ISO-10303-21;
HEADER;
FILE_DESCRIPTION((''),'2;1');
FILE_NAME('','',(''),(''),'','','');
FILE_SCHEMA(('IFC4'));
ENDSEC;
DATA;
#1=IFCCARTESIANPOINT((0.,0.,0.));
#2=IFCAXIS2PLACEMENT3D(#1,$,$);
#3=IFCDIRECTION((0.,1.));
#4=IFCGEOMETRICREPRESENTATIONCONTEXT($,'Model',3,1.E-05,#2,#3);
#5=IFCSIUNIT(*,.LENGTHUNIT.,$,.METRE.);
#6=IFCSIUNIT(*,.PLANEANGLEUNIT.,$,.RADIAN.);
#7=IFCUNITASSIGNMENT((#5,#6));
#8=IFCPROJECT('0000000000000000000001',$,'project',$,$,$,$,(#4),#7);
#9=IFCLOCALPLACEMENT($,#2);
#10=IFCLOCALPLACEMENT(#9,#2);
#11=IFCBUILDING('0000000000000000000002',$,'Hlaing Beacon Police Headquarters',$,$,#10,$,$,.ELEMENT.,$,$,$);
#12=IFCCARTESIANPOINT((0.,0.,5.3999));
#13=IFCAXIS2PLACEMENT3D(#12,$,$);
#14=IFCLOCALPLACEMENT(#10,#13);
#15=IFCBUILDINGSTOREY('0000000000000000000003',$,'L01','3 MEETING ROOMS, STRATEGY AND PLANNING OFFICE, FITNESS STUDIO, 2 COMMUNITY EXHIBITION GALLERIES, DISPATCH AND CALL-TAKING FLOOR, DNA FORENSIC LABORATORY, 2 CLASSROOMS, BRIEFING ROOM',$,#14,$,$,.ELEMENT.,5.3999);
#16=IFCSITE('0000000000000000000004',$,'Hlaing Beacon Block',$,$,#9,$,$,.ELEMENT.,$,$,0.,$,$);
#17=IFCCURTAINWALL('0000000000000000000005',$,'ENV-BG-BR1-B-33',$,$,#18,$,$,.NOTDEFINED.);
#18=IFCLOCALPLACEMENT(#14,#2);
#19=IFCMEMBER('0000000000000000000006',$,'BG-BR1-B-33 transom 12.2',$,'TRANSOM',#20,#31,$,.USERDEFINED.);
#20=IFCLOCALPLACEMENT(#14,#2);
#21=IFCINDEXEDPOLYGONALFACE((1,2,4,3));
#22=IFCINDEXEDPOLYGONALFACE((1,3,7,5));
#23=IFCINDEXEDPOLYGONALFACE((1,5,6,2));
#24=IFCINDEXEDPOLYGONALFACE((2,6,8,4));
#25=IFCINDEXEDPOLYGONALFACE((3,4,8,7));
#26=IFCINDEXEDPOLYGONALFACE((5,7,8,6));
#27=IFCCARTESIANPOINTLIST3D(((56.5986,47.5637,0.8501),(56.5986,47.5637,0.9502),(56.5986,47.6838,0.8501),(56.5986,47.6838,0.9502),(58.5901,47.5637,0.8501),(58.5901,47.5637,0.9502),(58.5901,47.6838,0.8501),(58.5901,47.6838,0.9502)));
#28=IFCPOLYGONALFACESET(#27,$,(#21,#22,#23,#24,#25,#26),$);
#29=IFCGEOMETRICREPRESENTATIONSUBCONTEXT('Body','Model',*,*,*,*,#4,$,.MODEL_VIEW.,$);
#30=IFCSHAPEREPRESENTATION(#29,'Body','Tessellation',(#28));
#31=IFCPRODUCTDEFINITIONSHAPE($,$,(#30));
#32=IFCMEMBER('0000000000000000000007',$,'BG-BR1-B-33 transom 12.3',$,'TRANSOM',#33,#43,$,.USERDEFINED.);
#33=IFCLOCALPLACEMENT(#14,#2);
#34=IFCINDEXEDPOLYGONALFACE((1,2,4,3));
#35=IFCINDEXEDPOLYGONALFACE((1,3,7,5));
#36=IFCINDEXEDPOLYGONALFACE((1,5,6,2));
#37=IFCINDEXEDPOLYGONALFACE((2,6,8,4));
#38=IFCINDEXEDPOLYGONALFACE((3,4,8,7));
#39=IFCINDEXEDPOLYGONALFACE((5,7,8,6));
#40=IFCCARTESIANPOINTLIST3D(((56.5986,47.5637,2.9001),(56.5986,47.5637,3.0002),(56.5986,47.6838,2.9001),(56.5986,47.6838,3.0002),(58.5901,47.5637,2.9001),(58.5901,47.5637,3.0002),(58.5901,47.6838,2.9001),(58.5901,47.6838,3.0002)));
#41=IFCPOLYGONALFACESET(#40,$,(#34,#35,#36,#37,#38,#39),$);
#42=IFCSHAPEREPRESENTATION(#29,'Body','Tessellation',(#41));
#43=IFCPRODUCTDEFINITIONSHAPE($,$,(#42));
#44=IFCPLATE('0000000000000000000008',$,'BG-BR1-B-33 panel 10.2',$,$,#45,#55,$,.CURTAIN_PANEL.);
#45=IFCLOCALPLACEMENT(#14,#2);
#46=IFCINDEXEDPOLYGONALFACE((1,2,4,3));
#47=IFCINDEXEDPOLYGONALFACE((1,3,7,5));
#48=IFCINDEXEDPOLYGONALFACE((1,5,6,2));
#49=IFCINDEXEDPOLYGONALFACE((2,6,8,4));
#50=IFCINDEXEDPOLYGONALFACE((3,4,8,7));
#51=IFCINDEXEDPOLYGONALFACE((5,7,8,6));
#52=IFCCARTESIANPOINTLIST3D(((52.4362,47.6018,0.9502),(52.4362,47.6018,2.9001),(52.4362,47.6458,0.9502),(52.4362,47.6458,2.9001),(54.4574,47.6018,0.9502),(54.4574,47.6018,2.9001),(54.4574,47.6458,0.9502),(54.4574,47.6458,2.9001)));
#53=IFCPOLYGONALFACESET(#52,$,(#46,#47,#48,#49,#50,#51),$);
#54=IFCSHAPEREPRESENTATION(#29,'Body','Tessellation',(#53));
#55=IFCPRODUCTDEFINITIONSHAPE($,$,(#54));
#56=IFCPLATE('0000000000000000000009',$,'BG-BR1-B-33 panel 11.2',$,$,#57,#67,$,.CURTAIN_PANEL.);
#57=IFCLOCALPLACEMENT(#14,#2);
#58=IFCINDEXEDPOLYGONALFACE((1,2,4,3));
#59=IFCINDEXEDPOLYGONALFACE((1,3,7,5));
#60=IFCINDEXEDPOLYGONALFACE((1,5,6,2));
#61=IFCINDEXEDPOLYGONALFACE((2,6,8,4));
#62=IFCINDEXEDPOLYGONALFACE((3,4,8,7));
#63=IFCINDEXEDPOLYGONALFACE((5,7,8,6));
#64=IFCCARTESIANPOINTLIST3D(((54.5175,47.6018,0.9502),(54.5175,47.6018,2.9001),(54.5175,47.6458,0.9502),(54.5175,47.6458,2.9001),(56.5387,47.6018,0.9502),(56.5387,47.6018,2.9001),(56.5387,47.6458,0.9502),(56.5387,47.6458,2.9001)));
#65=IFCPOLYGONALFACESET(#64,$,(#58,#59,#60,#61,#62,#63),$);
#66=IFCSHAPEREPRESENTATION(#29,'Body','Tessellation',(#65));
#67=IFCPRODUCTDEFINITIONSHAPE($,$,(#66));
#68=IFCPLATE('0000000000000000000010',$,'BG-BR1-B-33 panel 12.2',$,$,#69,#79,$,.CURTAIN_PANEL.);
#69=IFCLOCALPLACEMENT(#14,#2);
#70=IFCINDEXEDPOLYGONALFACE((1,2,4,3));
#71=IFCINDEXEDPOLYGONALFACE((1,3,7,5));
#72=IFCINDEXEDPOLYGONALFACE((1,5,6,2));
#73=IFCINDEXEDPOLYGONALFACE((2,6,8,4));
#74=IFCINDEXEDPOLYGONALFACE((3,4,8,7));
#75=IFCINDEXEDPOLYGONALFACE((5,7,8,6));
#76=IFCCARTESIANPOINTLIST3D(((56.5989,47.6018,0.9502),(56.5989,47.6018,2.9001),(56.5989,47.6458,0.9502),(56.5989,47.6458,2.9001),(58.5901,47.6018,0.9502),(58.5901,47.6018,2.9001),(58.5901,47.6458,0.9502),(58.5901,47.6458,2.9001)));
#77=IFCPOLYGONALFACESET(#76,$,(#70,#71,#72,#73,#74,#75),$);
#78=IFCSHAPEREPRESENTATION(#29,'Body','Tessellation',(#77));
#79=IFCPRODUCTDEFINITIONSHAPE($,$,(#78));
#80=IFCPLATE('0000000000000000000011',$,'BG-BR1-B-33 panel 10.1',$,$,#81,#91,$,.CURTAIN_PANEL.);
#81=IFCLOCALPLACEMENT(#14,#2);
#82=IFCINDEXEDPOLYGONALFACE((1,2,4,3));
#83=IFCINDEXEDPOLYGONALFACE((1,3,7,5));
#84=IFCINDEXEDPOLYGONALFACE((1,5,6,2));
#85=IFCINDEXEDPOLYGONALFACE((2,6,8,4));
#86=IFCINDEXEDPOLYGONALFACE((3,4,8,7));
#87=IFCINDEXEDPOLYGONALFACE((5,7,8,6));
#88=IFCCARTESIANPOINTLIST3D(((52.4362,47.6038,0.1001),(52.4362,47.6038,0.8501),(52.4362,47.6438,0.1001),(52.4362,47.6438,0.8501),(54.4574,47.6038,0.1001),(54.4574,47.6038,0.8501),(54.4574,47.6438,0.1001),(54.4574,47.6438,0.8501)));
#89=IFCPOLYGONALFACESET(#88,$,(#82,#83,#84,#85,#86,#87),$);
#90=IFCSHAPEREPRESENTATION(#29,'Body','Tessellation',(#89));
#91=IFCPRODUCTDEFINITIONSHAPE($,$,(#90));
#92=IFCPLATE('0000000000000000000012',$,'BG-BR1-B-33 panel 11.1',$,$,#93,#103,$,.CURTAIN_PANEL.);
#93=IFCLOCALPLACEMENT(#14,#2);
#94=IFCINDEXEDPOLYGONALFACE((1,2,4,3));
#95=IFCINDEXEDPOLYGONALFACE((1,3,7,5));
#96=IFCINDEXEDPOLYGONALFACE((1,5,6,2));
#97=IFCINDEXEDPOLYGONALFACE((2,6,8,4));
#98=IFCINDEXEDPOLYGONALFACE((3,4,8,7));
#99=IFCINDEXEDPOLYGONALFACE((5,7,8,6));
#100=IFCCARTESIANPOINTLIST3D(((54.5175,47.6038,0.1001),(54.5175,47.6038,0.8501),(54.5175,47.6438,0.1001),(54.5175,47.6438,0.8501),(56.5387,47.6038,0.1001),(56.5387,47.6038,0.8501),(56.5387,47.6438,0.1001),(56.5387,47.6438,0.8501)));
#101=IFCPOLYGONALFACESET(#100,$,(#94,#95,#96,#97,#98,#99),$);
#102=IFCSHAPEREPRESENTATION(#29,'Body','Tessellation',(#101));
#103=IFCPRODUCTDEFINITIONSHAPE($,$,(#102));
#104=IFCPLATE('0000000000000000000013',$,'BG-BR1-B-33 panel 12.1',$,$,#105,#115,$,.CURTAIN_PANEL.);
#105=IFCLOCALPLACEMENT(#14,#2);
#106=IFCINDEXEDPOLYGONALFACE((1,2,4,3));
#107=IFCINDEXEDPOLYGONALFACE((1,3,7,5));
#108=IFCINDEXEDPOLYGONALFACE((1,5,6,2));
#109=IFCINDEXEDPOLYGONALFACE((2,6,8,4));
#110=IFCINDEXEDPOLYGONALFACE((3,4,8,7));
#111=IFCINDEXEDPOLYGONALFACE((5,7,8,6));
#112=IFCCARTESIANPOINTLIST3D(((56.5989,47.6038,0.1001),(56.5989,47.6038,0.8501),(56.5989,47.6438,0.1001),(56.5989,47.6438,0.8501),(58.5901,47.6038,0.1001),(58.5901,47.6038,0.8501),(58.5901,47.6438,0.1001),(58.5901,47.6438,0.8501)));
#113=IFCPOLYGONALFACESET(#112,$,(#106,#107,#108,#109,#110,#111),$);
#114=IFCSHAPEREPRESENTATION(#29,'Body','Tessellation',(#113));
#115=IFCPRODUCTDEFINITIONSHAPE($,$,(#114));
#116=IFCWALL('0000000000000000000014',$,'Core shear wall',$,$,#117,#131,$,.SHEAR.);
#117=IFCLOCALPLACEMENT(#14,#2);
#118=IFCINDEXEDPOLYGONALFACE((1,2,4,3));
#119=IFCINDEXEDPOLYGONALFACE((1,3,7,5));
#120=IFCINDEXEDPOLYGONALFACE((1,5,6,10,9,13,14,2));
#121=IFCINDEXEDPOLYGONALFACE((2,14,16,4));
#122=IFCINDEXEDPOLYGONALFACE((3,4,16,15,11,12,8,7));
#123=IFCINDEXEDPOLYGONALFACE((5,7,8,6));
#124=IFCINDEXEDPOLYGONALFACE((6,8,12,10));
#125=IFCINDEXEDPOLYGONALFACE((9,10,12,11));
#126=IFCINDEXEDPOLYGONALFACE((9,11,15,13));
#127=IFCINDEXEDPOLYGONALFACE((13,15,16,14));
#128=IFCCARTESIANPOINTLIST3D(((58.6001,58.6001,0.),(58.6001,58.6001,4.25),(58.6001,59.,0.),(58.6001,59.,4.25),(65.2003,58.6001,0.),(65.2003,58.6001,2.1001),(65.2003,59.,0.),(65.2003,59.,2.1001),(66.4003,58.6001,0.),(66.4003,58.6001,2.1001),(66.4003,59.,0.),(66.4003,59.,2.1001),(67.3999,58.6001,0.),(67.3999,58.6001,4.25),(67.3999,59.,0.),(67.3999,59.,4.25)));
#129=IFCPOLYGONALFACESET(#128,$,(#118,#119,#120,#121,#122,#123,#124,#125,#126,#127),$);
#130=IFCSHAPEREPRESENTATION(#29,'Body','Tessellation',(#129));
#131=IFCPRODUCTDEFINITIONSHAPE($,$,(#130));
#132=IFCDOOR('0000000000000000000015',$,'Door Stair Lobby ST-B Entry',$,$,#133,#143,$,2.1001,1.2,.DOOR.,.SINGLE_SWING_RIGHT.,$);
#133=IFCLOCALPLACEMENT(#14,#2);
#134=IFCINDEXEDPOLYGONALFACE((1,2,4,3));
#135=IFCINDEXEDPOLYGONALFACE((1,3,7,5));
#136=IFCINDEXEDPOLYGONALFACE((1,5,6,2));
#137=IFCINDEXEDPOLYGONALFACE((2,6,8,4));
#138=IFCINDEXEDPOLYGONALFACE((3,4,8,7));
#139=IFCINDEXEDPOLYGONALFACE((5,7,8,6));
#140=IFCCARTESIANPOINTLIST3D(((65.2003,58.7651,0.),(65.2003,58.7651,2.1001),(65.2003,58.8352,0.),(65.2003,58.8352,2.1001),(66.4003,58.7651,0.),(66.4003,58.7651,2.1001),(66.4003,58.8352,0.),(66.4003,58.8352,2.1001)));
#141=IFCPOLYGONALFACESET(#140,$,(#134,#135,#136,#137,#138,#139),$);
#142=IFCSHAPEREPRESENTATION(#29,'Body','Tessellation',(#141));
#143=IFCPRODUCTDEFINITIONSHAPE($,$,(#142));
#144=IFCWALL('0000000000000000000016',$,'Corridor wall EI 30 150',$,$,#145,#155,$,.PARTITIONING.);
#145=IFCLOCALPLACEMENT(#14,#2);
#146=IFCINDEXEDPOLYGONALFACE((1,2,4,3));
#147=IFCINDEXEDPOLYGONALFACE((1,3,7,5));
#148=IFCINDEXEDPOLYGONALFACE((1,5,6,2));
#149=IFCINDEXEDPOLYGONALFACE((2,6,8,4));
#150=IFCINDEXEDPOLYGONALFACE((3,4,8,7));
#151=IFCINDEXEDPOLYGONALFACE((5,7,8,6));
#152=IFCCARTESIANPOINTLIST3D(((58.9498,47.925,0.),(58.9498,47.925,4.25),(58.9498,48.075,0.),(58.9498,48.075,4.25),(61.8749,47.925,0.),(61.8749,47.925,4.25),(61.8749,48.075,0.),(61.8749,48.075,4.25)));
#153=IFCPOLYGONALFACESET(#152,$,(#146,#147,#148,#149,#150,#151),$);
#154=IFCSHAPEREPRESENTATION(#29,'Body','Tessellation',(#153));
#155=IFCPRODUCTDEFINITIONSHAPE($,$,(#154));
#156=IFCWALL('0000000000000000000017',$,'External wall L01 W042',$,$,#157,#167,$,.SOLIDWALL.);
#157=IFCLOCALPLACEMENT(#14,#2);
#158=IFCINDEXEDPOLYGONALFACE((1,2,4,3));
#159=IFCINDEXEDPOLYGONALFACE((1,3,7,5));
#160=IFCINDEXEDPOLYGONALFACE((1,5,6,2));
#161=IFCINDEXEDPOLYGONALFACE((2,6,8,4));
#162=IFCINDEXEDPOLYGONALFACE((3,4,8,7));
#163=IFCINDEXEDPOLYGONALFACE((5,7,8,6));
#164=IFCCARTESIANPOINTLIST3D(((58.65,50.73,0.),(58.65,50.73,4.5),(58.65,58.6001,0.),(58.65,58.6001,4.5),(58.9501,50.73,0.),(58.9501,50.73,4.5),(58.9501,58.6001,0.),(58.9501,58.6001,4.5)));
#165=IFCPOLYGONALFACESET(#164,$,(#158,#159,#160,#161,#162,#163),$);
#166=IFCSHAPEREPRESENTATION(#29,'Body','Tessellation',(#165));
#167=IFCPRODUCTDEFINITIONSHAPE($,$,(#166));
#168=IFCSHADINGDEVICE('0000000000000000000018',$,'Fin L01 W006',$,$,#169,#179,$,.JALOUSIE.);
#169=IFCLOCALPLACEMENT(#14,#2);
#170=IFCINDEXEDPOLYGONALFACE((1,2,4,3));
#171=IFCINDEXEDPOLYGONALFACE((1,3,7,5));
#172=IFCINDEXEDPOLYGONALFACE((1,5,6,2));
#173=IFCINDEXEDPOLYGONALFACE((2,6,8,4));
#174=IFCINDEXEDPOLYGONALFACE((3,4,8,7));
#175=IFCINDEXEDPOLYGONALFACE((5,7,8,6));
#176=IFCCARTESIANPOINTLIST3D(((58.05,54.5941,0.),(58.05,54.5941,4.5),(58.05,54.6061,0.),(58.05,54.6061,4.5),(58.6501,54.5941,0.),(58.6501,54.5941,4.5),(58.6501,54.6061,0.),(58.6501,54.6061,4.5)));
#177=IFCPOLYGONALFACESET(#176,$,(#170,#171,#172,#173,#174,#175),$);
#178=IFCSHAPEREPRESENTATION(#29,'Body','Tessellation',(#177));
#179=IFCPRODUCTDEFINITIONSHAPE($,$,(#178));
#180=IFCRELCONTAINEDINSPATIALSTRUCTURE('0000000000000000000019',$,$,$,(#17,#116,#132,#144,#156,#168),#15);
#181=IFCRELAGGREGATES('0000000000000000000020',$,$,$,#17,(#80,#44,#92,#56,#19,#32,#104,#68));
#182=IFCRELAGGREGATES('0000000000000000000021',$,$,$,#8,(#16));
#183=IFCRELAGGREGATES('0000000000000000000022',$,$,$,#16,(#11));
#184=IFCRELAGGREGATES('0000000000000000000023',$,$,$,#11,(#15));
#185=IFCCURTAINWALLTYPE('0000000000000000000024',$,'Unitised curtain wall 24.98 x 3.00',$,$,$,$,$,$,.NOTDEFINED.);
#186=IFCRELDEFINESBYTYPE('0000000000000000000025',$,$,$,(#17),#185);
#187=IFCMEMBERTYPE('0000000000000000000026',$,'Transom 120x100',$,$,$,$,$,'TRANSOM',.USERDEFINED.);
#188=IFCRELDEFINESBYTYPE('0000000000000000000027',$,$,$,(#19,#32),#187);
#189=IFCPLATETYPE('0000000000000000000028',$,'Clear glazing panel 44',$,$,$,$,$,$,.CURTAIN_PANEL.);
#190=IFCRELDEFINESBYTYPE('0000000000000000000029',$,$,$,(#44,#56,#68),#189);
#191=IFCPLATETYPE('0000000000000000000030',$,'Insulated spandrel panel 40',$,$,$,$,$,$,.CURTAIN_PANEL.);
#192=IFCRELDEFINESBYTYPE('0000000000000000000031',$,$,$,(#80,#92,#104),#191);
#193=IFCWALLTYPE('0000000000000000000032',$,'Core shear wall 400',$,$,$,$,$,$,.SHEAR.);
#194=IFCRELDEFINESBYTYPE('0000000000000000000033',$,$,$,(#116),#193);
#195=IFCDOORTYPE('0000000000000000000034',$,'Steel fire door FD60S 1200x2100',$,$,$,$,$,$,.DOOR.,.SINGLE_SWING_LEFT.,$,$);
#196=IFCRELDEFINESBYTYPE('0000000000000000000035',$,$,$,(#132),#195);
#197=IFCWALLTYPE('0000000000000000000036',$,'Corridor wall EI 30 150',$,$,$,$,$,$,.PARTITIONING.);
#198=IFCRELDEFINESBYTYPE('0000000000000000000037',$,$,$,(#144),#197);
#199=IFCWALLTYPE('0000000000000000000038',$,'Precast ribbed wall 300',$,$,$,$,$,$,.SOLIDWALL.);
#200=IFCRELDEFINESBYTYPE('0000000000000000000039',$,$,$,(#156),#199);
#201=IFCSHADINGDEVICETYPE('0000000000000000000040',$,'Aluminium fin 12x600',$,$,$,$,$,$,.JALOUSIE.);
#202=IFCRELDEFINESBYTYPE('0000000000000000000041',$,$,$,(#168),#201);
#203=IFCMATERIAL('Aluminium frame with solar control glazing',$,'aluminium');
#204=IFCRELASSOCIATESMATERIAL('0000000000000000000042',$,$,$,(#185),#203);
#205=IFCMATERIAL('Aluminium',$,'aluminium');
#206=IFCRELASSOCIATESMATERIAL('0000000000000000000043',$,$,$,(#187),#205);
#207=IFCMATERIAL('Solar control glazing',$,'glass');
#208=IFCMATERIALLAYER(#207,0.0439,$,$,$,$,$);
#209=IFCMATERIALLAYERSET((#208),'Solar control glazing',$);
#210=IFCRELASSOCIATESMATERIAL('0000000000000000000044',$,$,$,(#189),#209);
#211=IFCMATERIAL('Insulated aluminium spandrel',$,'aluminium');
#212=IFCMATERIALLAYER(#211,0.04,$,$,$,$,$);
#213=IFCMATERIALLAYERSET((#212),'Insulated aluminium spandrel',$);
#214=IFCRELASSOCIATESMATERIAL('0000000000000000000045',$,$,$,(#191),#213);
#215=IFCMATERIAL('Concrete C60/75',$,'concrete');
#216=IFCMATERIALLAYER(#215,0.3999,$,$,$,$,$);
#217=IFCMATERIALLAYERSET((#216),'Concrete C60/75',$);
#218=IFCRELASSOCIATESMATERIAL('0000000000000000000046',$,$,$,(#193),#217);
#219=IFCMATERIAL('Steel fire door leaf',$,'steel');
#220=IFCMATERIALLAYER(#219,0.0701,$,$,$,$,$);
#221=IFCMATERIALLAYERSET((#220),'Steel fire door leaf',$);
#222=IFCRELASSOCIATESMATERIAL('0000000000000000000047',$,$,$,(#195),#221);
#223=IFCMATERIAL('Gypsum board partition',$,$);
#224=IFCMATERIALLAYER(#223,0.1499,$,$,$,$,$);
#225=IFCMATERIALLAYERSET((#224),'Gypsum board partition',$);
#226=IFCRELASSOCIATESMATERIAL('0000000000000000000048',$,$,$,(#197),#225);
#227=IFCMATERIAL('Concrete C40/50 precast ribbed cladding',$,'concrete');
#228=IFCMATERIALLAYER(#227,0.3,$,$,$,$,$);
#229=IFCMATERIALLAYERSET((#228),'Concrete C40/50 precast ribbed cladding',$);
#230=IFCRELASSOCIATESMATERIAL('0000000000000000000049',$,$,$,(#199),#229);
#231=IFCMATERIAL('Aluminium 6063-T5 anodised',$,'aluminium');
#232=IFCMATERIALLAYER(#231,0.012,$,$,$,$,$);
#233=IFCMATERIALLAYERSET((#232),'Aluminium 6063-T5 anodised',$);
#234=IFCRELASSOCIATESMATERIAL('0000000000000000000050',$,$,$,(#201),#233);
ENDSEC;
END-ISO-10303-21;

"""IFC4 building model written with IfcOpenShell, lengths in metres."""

from ifc_helpers import new_model, si_unit, direction, frame, frame_2d, origin, origin_2d, place, context, subcontext, project, spatial, rectangle, extrude, material, layer, layer_set, material_profile, profile_set, type_object, element, fill, aggregate, save


model = new_model("IFC4")

# Units and contexts
model_context = context("Model", 3, precision=1e-05, world=origin(), true_north=direction((0.0, 1.0)))
body_context = subcontext(model_context, "Body", "Model", "MODEL_VIEW")
ifc_project = project(units=[si_unit("LENGTHUNIT", "METRE"), si_unit("PLANEANGLEUNIT", "RADIAN")], contexts=[model_context])

# Site, building, storey
site_placement = place(None, origin())
site = spatial("IfcSite", under=ifc_project, at=site_placement, Name="Hlaing Beacon Block", CompositionType="ELEMENT", RefElevation=0.0)
building_placement = place(site_placement, origin())
building = spatial("IfcBuilding", under=site, at=building_placement, Name="Hlaing Beacon Police Headquarters", CompositionType="ELEMENT")
storey_placement = place(building_placement, frame((0.0, 0.0, 5.3999)))
storey = spatial("IfcBuildingStorey", under=building, at=storey_placement, Name="L01", Description="3 MEETING ROOMS, STRATEGY AND PLANNING OFFICE, FITNESS STUDIO, 2 COMMUNITY EXHIBITION GALLERIES, DISPATCH AND CALL-TAKING FLOOR, DNA FORENSIC LABORATORY, 2 CLASSROOMS, BRIEFING ROOM", CompositionType="ELEMENT", Elevation=5.3999)

# Curtain wall, members, plates
ifc_material_1 = material(Name="Aluminium frame with solar control glazing", Category="aluminium")
curtain_wall_type = type_object("IfcCurtainWallType", Name="Unitised curtain wall 24.98 x 3.00", PredefinedType="NOTDEFINED", material=ifc_material_1)
curtain_wall_placement = place(storey_placement, origin())
curtain_wall = element("IfcCurtainWall", 1, at=curtain_wall_placement, inside=storey, type_object=curtain_wall_type, Name="ENV-BG-BR1-B-33", PredefinedType="NOTDEFINED")
ifc_material_2 = material(Name="Aluminium", Category="aluminium")
ifc_material_profile_1 = material_profile(ifc_material_2, rectangle(XDim=0.1201, YDim=0.1001, at=origin_2d()), Name="Transom 120x100")
ifc_profile_set_1 = profile_set([ifc_material_profile_1], Name="Aluminium")
member_type_1 = type_object("IfcMemberType", Name="Transom 120x100", ElementType="TRANSOM", PredefinedType="USERDEFINED", material=ifc_profile_set_1)
member_1_placement = place(storey_placement, frame((56.5986, 47.6238, 0.9001), z_axis=(1.0, 0.0, 0.0), x_axis=(0.0, 1.0, 0.0)))
member_1 = element("IfcMember", 2, at=member_1_placement, type_object=member_type_1, Name="BG-BR1-B-33 transom 12.2", ObjectType="TRANSOM", PredefinedType="USERDEFINED", context=body_context, shape_type="SweptSolid", body=[
    extrude(rectangle(XDim=0.1201, YDim=0.1001, at=origin_2d()), origin(), (0.0, 0.0, 1.0), 1.9915),
])
member_2_placement = place(storey_placement, frame((56.5986, 47.6238, 2.9502), z_axis=(1.0, 0.0, 0.0), x_axis=(0.0, 1.0, 0.0)))
member_2 = element("IfcMember", 3, at=member_2_placement, type_object=member_type_1, Name="BG-BR1-B-33 transom 12.3", ObjectType="TRANSOM", PredefinedType="USERDEFINED", context=body_context, shape_type="SweptSolid", body=[
    extrude(rectangle(XDim=0.1201, YDim=0.1001, at=origin_2d()), origin(), (0.0, 0.0, 1.0), 1.9915),
])
ifc_material_3 = material(Name="Solar control glazing", Category="glass")
ifc_layer_1 = layer(ifc_material_3, 0.0439)
ifc_layer_set_1 = layer_set([ifc_layer_1], Name="Solar control glazing")
plate_type_1 = type_object("IfcPlateType", Name="Clear glazing panel 44", PredefinedType="CURTAIN_PANEL", material=ifc_layer_set_1)
plate_1_placement = place(storey_placement, frame((53.4468, 47.6238, 0.9502), z_axis=(0.0, 0.0, 1.0), x_axis=(1.0, 0.0, 0.0)))
plate_1 = element("IfcPlate", 4, at=plate_1_placement, type_object=plate_type_1, Name="BG-BR1-B-33 panel 10.2", PredefinedType="CURTAIN_PANEL", context=body_context, shape_type="SweptSolid", body=[
    extrude(rectangle(XDim=2.0212, YDim=0.0439, at=origin_2d()), origin(), (0.0, 0.0, 1.0), 1.95),
])
plate_2_placement = place(storey_placement, frame((55.5281, 47.6238, 0.9502), z_axis=(0.0, 0.0, 1.0), x_axis=(1.0, 0.0, 0.0)))
plate_2 = element("IfcPlate", 5, at=plate_2_placement, type_object=plate_type_1, Name="BG-BR1-B-33 panel 11.2", PredefinedType="CURTAIN_PANEL", context=body_context, shape_type="SweptSolid", body=[
    extrude(rectangle(XDim=2.0212, YDim=0.0439, at=origin_2d()), origin(), (0.0, 0.0, 1.0), 1.95),
])
plate_3_placement = place(storey_placement, frame((57.5945, 47.6238, 0.9502), z_axis=(0.0, 0.0, 1.0), x_axis=(1.0, 0.0, 0.0)))
plate_3 = element("IfcPlate", 6, at=plate_3_placement, type_object=plate_type_1, Name="BG-BR1-B-33 panel 12.2", PredefinedType="CURTAIN_PANEL", context=body_context, shape_type="SweptSolid", body=[
    extrude(rectangle(XDim=1.9912, YDim=0.0439, at=origin_2d()), origin(), (0.0, 0.0, 1.0), 1.95),
])
ifc_material_4 = material(Name="Insulated aluminium spandrel", Category="aluminium")
ifc_layer_2 = layer(ifc_material_4, 0.04)
ifc_layer_set_2 = layer_set([ifc_layer_2], Name="Insulated aluminium spandrel")
plate_type_2 = type_object("IfcPlateType", Name="Insulated spandrel panel 40", PredefinedType="CURTAIN_PANEL", material=ifc_layer_set_2)
plate_4_placement = place(storey_placement, frame((53.4468, 47.6238, 0.1001), z_axis=(0.0, 0.0, 1.0), x_axis=(1.0, 0.0, 0.0)))
plate_4 = element("IfcPlate", 7, at=plate_4_placement, type_object=plate_type_2, Name="BG-BR1-B-33 panel 10.1", PredefinedType="CURTAIN_PANEL", context=body_context, shape_type="SweptSolid", body=[
    extrude(rectangle(XDim=2.0212, YDim=0.04, at=origin_2d()), origin(), (0.0, 0.0, 1.0), 0.75),
])
plate_5_placement = place(storey_placement, frame((55.5281, 47.6238, 0.1001), z_axis=(0.0, 0.0, 1.0), x_axis=(1.0, 0.0, 0.0)))
plate_5 = element("IfcPlate", 8, at=plate_5_placement, type_object=plate_type_2, Name="BG-BR1-B-33 panel 11.1", PredefinedType="CURTAIN_PANEL", context=body_context, shape_type="SweptSolid", body=[
    extrude(rectangle(XDim=2.0212, YDim=0.04, at=origin_2d()), origin(), (0.0, 0.0, 1.0), 0.75),
])
plate_6_placement = place(storey_placement, frame((57.5945, 47.6238, 0.1001), z_axis=(0.0, 0.0, 1.0), x_axis=(1.0, 0.0, 0.0)))
plate_6 = element("IfcPlate", 9, at=plate_6_placement, type_object=plate_type_2, Name="BG-BR1-B-33 panel 12.1", PredefinedType="CURTAIN_PANEL", context=body_context, shape_type="SweptSolid", body=[
    extrude(rectangle(XDim=1.9912, YDim=0.04, at=origin_2d()), origin(), (0.0, 0.0, 1.0), 0.75),
])
aggregate(curtain_wall, [plate_4, plate_1, plate_5, plate_2, member_1, member_2, plate_6, plate_3])

# Wall, opening, door
ifc_material_5 = material(Name="Concrete C60/75", Category="concrete")
ifc_layer_3 = layer(ifc_material_5, 0.3999)
ifc_layer_set_3 = layer_set([ifc_layer_3], Name="Concrete C60/75")
wall_type_1 = type_object("IfcWallType", Name="Core shear wall 400", PredefinedType="SHEAR", material=ifc_layer_set_3)
wall_1_placement = place(storey_placement, frame((58.6001, 58.8, 0.0), z_axis=(0.0, 0.0, 1.0), x_axis=(1.0, 0.0, 0.0)))
wall_1 = element("IfcWall", 10, at=wall_1_placement, inside=storey, type_object=wall_type_1, Name="Core shear wall", PredefinedType="SHEAR", context=body_context, shape_type="SweptSolid", body=[
    extrude(rectangle(XDim=8.7998, YDim=0.3999, at=frame_2d((4.3999, 0.0))), origin(), (0.0, 0.0, 1.0), 4.25),
])
opening_1_placement = place(wall_1_placement, frame((6.6001, 0.0, 0.0)))
opening_1 = element("IfcOpeningElement", 11, at=opening_1_placement, cuts=wall_1, PredefinedType="OPENING", context=body_context, shape_type="SweptSolid", body=[
    extrude(rectangle(XDim=1.2, YDim=2.1001, at=frame_2d((0.6001, 1.05))), frame((0.0, 0.21, 0.0), z_axis=(0.0, -1.0, 0.0), x_axis=(1.0, 0.0, 0.0)), (0.0, 0.0, 1.0), 0.4199),
])
ifc_material_6 = material(Name="Steel fire door leaf", Category="steel")
ifc_layer_4 = layer(ifc_material_6, 0.0701)
ifc_layer_set_4 = layer_set([ifc_layer_4], Name="Steel fire door leaf")
door_type_1 = type_object("IfcDoorType", Name="Steel fire door FD60S 1200x2100", OperationType="SINGLE_SWING_LEFT", PredefinedType="DOOR", material=ifc_layer_set_4)
door_1_placement = place(opening_1_placement, origin())
door_1 = element("IfcDoor", 12, at=door_1_placement, inside=storey, type_object=door_type_1, Name="Door Stair Lobby ST-B Entry", OperationType="SINGLE_SWING_RIGHT", OverallHeight=2.1001, OverallWidth=1.2, PredefinedType="DOOR", context=body_context, shape_type="SweptSolid", body=[
    extrude(rectangle(XDim=1.2, YDim=2.1001, at=frame_2d((0.6001, 1.05))), frame((0.0, 0.0352, 0.0), z_axis=(0.0, -1.0, 0.0), x_axis=(1.0, 0.0, 0.0)), (0.0, 0.0, 1.0), 0.0701),
])
fill(opening_1, door_1)

# Walls
ifc_material_7 = material(Name="Gypsum board partition")
ifc_layer_5 = layer(ifc_material_7, 0.1499)
ifc_layer_set_5 = layer_set([ifc_layer_5], Name="Gypsum board partition")
wall_type_2 = type_object("IfcWallType", Name="Corridor wall EI 30 150", PredefinedType="PARTITIONING", material=ifc_layer_set_5)
wall_2_placement = place(storey_placement, frame((58.95, 48.0, 0.0), z_axis=(0.0, 0.0, 1.0), x_axis=(1.0, 0.0, 0.0)))
element("IfcWall", 13, at=wall_2_placement, inside=storey, type_object=wall_type_2, Name="Corridor wall EI 30 150", PredefinedType="PARTITIONING", context=body_context, shape_type="SweptSolid", body=[
    extrude(rectangle(XDim=2.925, YDim=0.1499, at=frame_2d((1.4624, 0.0))), origin(), (0.0, 0.0, 1.0), 4.25),
])
ifc_material_8 = material(Name="Concrete C40/50 precast ribbed cladding", Category="concrete")
ifc_layer_6 = layer(ifc_material_8, 0.3)
ifc_layer_set_6 = layer_set([ifc_layer_6], Name="Concrete C40/50 precast ribbed cladding")
wall_type_3 = type_object("IfcWallType", Name="Precast ribbed wall 300", PredefinedType="SOLIDWALL", material=ifc_layer_set_6)
wall_3_placement = place(storey_placement, frame((58.8, 58.6001, 0.0), z_axis=(0.0, 0.0, 1.0), x_axis=(0.0, -1.0, 0.0)))
element("IfcWall", 14, at=wall_3_placement, inside=storey, type_object=wall_type_3, Name="External wall L01 W042", PredefinedType="SOLIDWALL", context=body_context, shape_type="SweptSolid", body=[
    extrude(rectangle(XDim=7.8701, YDim=0.3, at=frame_2d((3.9351, 0.0))), origin(), (0.0, 0.0, 1.0), 4.5),
])

# Shading device
ifc_material_9 = material(Name="Aluminium 6063-T5 anodised", Category="aluminium")
ifc_layer_7 = layer(ifc_material_9, 0.012)
ifc_layer_set_7 = layer_set([ifc_layer_7], Name="Aluminium 6063-T5 anodised")
shading_device_type = type_object("IfcShadingDeviceType", Name="Aluminium fin 12x600", PredefinedType="JALOUSIE", material=ifc_layer_set_7)
shading_device_placement = place(storey_placement, frame((58.3501, 54.6001, 0.0), z_axis=(0.0, 0.0, 1.0), x_axis=(0.0, -1.0, 0.0)))
element("IfcShadingDevice", 15, at=shading_device_placement, inside=storey, type_object=shading_device_type, Name="Fin L01 W006", PredefinedType="JALOUSIE", context=body_context, shape_type="SweptSolid", body=[
    extrude(rectangle(XDim=0.012, YDim=0.6001, at=origin_2d()), origin(), (0.0, 0.0, 1.0), 4.5),
])

save(model, "model.ifc")
